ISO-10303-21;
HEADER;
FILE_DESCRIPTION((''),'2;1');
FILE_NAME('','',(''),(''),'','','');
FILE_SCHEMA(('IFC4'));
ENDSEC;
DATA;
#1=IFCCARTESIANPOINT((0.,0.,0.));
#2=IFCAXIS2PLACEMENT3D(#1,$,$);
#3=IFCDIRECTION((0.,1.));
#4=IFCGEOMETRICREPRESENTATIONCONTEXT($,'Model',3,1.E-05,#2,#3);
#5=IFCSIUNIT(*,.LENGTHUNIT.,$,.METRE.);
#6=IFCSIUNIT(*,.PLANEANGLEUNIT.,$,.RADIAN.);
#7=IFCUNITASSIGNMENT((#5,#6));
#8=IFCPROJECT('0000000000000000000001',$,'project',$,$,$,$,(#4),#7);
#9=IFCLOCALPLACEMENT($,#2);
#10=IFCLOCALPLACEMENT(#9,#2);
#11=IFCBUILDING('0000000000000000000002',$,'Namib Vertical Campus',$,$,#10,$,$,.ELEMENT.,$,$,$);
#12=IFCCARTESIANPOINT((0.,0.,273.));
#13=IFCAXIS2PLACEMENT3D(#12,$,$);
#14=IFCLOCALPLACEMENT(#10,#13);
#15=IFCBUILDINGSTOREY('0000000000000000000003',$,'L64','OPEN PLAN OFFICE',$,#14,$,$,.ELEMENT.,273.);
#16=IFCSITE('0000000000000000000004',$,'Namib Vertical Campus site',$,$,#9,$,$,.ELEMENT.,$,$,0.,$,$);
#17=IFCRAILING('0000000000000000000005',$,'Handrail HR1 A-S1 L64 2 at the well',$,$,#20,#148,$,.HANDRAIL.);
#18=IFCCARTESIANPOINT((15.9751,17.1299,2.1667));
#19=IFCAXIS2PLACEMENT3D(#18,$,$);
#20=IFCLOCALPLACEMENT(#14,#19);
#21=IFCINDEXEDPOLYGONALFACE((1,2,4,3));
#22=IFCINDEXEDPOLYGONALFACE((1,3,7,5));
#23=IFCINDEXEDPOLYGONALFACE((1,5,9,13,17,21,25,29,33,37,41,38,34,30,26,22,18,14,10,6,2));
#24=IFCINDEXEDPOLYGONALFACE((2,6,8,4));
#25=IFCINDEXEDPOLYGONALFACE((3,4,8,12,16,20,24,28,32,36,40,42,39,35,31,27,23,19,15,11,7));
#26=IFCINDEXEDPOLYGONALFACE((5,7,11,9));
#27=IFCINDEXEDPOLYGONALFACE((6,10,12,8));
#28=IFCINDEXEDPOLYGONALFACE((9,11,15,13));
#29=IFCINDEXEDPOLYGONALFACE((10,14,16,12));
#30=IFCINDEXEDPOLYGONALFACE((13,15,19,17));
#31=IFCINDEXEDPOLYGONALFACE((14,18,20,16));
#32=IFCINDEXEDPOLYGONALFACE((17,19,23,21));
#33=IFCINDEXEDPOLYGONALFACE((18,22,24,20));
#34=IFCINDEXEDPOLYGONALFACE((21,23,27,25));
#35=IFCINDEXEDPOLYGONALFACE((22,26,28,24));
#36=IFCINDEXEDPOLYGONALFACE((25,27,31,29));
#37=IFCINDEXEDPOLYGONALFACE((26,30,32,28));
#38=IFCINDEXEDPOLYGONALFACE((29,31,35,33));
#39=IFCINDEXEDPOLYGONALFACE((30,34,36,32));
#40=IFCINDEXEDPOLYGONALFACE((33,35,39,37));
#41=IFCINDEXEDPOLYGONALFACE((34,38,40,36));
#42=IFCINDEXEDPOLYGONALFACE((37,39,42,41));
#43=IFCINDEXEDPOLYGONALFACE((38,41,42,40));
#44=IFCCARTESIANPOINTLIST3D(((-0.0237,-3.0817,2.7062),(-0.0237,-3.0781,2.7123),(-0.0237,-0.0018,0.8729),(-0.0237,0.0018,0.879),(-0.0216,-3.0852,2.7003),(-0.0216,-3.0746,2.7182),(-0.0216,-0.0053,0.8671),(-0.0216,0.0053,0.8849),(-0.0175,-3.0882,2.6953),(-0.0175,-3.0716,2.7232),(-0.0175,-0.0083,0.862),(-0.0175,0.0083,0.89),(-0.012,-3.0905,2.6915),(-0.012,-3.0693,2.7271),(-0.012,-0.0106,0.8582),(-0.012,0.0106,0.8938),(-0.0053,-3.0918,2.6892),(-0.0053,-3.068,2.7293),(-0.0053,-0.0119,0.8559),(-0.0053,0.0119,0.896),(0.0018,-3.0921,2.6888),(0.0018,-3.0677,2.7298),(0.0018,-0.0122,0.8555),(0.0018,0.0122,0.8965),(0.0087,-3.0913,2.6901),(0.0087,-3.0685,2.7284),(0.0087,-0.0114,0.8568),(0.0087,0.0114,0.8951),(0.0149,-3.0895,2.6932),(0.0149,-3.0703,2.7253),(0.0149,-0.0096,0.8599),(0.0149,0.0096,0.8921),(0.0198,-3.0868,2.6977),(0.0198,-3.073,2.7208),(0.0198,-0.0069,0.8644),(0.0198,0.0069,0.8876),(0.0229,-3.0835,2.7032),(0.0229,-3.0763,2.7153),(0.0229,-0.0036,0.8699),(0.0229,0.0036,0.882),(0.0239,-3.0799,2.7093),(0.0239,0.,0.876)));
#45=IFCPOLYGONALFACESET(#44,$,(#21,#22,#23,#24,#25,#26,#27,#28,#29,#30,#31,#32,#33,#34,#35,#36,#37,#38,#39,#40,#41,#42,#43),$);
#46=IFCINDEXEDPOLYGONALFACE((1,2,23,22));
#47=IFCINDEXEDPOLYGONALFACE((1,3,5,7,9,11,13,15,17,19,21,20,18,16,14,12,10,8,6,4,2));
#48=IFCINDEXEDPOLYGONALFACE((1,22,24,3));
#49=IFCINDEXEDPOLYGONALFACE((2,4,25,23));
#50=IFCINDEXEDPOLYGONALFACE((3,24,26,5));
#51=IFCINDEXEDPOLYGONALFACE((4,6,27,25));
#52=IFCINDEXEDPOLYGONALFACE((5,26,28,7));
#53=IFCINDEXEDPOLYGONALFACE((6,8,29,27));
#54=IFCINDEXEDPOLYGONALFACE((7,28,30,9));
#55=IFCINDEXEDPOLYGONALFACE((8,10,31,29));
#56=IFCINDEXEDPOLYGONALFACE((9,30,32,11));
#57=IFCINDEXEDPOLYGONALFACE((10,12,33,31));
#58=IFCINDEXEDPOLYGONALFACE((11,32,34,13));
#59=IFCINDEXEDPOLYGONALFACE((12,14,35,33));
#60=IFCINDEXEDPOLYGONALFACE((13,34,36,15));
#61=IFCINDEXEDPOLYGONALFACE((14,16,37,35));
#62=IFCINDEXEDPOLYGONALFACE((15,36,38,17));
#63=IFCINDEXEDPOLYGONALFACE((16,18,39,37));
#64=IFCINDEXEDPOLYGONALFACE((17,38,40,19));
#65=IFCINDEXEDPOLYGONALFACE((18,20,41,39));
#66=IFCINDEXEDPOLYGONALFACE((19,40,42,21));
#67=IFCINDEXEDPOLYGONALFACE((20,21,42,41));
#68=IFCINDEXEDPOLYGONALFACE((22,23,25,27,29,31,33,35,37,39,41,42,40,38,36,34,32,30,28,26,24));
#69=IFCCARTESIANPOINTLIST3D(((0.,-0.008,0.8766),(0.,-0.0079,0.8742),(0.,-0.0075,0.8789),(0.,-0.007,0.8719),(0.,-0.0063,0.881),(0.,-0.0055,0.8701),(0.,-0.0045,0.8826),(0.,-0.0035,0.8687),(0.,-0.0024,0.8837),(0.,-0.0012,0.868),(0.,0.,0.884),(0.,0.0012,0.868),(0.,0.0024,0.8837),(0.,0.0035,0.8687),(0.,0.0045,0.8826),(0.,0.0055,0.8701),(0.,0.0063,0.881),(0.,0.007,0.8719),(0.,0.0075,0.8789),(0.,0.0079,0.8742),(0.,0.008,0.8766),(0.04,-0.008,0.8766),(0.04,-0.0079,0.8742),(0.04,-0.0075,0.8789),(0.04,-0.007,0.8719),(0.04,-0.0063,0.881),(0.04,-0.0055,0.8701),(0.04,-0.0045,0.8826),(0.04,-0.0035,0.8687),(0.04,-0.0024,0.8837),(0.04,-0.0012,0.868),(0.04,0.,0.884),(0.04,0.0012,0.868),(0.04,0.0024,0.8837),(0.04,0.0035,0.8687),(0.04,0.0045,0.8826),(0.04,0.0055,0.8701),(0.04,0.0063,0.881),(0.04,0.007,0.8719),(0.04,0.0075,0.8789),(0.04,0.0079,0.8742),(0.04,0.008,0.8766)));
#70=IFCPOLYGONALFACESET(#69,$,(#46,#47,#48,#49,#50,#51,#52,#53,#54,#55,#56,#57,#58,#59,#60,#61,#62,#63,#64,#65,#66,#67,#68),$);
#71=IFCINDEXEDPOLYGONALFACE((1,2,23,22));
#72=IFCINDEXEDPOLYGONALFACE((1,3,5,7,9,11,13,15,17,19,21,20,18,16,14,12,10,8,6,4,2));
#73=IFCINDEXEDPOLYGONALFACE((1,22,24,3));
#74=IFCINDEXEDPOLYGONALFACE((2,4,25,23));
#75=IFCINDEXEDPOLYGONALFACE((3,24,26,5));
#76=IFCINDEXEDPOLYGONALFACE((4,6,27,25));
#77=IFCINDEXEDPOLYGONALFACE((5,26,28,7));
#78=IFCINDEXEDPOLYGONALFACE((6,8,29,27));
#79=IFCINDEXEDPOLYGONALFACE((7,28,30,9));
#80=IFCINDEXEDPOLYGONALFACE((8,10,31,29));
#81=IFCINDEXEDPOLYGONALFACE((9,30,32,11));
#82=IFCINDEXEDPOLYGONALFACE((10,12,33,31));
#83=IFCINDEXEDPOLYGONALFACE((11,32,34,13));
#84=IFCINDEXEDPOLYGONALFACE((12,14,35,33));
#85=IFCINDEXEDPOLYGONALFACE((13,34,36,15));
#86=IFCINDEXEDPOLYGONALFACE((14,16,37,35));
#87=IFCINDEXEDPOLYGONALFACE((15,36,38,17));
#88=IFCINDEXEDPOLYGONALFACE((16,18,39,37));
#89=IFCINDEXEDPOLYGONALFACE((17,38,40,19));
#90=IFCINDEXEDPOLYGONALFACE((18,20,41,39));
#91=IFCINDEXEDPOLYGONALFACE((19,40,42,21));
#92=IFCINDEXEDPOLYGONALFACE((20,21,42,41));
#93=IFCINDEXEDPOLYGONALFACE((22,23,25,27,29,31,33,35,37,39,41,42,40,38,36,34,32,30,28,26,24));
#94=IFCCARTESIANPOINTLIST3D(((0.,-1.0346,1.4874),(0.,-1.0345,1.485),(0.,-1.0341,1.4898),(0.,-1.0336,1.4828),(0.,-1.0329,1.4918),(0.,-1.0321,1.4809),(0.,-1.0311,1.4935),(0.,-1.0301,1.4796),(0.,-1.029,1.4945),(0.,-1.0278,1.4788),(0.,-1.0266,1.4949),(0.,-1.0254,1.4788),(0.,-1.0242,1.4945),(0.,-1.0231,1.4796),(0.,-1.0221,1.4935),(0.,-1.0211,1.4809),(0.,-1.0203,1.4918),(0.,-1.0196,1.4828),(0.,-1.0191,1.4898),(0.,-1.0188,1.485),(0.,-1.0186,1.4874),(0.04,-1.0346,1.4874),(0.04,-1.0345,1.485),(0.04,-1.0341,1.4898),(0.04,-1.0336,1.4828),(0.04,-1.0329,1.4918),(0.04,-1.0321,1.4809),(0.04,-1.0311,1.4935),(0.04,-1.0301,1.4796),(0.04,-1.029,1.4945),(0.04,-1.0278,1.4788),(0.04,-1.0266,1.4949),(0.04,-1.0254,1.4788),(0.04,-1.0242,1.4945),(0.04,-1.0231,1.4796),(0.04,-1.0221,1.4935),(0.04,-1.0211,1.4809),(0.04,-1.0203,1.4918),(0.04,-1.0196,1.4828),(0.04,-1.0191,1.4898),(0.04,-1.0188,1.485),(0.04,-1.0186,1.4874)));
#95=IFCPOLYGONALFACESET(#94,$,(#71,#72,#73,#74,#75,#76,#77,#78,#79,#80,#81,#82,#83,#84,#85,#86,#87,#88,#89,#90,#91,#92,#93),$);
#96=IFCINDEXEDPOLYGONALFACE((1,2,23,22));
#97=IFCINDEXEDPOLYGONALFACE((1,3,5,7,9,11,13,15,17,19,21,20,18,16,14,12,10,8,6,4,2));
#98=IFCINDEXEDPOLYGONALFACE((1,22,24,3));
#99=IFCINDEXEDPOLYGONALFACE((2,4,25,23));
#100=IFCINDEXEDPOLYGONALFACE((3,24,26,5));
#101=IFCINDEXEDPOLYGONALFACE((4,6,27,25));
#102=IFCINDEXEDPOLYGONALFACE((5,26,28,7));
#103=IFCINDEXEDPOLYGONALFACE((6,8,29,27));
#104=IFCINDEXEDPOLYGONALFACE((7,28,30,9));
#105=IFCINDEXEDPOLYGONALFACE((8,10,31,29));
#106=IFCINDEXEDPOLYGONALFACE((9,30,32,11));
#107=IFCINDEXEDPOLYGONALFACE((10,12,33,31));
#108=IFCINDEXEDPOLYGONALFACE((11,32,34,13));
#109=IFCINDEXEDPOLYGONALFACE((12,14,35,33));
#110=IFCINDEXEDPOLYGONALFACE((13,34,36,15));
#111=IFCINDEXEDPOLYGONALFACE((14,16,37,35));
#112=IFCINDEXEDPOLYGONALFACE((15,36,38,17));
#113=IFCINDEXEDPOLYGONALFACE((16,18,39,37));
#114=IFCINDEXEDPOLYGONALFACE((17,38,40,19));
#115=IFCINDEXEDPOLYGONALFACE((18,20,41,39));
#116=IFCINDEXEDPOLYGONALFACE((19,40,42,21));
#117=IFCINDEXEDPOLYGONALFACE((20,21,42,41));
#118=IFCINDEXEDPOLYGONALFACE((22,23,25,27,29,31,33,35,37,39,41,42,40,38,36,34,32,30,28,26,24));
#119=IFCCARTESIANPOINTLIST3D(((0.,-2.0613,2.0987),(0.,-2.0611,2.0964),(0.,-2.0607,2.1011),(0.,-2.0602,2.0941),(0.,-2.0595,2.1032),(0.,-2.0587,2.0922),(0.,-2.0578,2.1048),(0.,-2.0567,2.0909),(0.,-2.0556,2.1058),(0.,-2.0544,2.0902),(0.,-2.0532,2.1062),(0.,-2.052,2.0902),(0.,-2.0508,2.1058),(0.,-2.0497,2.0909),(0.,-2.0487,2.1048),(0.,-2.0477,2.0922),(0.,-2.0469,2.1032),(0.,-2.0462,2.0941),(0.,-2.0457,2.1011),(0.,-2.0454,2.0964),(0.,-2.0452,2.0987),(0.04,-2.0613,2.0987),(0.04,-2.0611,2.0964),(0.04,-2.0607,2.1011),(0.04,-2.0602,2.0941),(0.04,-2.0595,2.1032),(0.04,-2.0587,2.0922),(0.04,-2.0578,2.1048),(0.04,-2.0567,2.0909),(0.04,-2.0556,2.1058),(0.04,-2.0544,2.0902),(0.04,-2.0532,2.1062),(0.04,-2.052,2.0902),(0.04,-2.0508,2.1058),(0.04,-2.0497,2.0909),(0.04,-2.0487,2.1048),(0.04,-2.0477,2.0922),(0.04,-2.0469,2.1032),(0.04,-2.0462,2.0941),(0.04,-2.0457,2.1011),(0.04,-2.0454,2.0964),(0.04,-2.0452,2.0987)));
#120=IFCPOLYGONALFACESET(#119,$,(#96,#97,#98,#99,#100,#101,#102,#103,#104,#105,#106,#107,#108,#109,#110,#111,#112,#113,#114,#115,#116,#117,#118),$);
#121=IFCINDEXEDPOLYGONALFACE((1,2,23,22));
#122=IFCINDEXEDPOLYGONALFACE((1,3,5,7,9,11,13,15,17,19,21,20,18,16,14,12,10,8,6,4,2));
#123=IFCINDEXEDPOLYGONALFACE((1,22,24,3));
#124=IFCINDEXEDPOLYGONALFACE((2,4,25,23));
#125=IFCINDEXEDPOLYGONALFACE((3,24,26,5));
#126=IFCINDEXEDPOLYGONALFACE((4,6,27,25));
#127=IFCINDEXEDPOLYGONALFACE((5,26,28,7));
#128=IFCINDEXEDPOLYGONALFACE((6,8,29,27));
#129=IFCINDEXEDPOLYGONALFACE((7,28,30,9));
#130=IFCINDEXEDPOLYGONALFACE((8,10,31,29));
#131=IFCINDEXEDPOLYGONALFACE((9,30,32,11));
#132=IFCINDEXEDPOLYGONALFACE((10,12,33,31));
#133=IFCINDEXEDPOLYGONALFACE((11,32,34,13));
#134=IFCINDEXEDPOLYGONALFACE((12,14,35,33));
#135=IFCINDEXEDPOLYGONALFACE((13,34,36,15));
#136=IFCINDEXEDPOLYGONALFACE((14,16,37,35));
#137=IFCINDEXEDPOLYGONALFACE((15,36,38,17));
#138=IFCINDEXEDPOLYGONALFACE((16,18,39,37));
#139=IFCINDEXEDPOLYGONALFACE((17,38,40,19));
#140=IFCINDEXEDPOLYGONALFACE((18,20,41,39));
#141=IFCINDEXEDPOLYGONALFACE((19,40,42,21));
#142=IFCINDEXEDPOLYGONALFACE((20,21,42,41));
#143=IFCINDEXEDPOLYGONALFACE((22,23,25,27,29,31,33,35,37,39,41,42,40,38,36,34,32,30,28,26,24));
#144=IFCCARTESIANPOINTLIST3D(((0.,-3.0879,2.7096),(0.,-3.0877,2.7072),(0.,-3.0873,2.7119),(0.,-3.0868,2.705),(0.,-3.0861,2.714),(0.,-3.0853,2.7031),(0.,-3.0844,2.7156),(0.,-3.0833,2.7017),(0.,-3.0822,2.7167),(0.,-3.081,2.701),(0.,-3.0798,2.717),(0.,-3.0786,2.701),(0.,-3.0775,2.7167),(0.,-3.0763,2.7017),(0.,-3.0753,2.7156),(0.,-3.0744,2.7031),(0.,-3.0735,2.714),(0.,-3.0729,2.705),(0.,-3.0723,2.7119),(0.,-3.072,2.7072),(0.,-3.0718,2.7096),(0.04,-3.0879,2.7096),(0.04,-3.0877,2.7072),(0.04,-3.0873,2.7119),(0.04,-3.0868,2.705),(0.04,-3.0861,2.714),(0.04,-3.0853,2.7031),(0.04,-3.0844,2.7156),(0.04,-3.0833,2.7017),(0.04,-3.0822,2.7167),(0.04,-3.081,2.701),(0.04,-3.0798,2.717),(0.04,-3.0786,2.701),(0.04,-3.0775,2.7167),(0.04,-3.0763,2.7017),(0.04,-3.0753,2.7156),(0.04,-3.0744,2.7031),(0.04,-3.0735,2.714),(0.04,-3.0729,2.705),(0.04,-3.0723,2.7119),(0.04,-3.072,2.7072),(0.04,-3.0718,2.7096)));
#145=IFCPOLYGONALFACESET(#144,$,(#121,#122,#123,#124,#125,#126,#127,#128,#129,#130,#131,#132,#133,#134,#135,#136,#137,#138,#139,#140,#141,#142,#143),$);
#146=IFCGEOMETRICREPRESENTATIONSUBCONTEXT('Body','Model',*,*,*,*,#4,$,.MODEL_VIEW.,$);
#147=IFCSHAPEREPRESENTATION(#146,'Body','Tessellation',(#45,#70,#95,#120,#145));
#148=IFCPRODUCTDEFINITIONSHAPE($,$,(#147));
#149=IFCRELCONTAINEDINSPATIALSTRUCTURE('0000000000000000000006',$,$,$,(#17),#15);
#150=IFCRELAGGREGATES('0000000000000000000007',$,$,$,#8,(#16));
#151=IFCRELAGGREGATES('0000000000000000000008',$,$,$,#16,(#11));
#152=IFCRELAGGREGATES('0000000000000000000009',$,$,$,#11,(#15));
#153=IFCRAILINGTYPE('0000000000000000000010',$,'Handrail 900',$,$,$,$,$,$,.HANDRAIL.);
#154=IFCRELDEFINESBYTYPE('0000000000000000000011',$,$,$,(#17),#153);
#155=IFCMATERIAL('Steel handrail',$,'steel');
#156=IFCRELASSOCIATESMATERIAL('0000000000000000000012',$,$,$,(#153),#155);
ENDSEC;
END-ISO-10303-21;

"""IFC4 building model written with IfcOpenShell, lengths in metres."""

from ifc_helpers import new_model, si_unit, direction, frame, origin, origin_2d, place, context, subcontext, project, spatial, circle, extrude, material, type_object, element, save


model = new_model("IFC4")

# Units and contexts
model_context = context("Model", 3, precision=1e-05, world=origin(), true_north=direction((0.0, 1.0)))
body_context = subcontext(model_context, "Body", "Model", "MODEL_VIEW")
ifc_project = project(units=[si_unit("LENGTHUNIT", "METRE"), si_unit("PLANEANGLEUNIT", "RADIAN")], contexts=[model_context])

# Site, building, storey
site_placement = place(None, origin())
site = spatial("IfcSite", under=ifc_project, at=site_placement, Name="Namib Vertical Campus site", CompositionType="ELEMENT", RefElevation=0.0)
building_placement = place(site_placement, origin())
building = spatial("IfcBuilding", under=site, at=building_placement, Name="Namib Vertical Campus", CompositionType="ELEMENT")
storey_placement = place(building_placement, frame((0.0, 0.0, 273.0)))
storey = spatial("IfcBuildingStorey", under=building, at=storey_placement, Name="L64", Description="OPEN PLAN OFFICE", CompositionType="ELEMENT", Elevation=273.0)

# Railing
ifc_material_1 = material(Name="Steel handrail", Category="steel")
railing_type_1 = type_object("IfcRailingType", Name="Handrail 900", PredefinedType="HANDRAIL", material=ifc_material_1)
railing_1_placement = place(storey_placement, frame((15.9751, 17.1299, 2.1667)))
element("IfcRailing", 1, at=railing_1_placement, inside=storey, type_object=railing_type_1, Name="Handrail HR1 A-S1 L64 2 at the well", PredefinedType="HANDRAIL", context=body_context, shape_type="SweptSolid", body=[
    extrude(circle(Radius=0.0239, at=origin_2d()), frame((0.0, 0.0, 0.876), z_axis=(0.0, -0.859291, 0.511487), x_axis=(1.0, 0.0, 0.0)), (0.0, 0.0, 1.0), 3.5842),
    extrude(circle(Radius=0.0081, at=origin_2d()), frame((0.0, 0.0, 0.876), z_axis=(1.0, 0.0, 0.0), x_axis=(0.0, 0.0, 1.0)), (0.0, 0.0, 1.0), 0.04),
    extrude(circle(Radius=0.0081, at=origin_2d()), frame((0.0, -1.0266, 1.4868), z_axis=(1.0, 0.0, 0.0), x_axis=(0.0, 0.0, 1.0)), (0.0, 0.0, 1.0), 0.04),
    extrude(circle(Radius=0.0081, at=origin_2d()), frame((0.0, -2.0532, 2.0981), z_axis=(1.0, 0.0, 0.0), x_axis=(0.0, 0.0, 1.0)), (0.0, 0.0, 1.0), 0.04),
    extrude(circle(Radius=0.0081, at=origin_2d()), frame((0.0, -3.0798, 2.709), z_axis=(1.0, 0.0, 0.0), x_axis=(0.0, 0.0, 1.0)), (0.0, 0.0, 1.0), 0.04),
])

save(model, "model.ifc")
